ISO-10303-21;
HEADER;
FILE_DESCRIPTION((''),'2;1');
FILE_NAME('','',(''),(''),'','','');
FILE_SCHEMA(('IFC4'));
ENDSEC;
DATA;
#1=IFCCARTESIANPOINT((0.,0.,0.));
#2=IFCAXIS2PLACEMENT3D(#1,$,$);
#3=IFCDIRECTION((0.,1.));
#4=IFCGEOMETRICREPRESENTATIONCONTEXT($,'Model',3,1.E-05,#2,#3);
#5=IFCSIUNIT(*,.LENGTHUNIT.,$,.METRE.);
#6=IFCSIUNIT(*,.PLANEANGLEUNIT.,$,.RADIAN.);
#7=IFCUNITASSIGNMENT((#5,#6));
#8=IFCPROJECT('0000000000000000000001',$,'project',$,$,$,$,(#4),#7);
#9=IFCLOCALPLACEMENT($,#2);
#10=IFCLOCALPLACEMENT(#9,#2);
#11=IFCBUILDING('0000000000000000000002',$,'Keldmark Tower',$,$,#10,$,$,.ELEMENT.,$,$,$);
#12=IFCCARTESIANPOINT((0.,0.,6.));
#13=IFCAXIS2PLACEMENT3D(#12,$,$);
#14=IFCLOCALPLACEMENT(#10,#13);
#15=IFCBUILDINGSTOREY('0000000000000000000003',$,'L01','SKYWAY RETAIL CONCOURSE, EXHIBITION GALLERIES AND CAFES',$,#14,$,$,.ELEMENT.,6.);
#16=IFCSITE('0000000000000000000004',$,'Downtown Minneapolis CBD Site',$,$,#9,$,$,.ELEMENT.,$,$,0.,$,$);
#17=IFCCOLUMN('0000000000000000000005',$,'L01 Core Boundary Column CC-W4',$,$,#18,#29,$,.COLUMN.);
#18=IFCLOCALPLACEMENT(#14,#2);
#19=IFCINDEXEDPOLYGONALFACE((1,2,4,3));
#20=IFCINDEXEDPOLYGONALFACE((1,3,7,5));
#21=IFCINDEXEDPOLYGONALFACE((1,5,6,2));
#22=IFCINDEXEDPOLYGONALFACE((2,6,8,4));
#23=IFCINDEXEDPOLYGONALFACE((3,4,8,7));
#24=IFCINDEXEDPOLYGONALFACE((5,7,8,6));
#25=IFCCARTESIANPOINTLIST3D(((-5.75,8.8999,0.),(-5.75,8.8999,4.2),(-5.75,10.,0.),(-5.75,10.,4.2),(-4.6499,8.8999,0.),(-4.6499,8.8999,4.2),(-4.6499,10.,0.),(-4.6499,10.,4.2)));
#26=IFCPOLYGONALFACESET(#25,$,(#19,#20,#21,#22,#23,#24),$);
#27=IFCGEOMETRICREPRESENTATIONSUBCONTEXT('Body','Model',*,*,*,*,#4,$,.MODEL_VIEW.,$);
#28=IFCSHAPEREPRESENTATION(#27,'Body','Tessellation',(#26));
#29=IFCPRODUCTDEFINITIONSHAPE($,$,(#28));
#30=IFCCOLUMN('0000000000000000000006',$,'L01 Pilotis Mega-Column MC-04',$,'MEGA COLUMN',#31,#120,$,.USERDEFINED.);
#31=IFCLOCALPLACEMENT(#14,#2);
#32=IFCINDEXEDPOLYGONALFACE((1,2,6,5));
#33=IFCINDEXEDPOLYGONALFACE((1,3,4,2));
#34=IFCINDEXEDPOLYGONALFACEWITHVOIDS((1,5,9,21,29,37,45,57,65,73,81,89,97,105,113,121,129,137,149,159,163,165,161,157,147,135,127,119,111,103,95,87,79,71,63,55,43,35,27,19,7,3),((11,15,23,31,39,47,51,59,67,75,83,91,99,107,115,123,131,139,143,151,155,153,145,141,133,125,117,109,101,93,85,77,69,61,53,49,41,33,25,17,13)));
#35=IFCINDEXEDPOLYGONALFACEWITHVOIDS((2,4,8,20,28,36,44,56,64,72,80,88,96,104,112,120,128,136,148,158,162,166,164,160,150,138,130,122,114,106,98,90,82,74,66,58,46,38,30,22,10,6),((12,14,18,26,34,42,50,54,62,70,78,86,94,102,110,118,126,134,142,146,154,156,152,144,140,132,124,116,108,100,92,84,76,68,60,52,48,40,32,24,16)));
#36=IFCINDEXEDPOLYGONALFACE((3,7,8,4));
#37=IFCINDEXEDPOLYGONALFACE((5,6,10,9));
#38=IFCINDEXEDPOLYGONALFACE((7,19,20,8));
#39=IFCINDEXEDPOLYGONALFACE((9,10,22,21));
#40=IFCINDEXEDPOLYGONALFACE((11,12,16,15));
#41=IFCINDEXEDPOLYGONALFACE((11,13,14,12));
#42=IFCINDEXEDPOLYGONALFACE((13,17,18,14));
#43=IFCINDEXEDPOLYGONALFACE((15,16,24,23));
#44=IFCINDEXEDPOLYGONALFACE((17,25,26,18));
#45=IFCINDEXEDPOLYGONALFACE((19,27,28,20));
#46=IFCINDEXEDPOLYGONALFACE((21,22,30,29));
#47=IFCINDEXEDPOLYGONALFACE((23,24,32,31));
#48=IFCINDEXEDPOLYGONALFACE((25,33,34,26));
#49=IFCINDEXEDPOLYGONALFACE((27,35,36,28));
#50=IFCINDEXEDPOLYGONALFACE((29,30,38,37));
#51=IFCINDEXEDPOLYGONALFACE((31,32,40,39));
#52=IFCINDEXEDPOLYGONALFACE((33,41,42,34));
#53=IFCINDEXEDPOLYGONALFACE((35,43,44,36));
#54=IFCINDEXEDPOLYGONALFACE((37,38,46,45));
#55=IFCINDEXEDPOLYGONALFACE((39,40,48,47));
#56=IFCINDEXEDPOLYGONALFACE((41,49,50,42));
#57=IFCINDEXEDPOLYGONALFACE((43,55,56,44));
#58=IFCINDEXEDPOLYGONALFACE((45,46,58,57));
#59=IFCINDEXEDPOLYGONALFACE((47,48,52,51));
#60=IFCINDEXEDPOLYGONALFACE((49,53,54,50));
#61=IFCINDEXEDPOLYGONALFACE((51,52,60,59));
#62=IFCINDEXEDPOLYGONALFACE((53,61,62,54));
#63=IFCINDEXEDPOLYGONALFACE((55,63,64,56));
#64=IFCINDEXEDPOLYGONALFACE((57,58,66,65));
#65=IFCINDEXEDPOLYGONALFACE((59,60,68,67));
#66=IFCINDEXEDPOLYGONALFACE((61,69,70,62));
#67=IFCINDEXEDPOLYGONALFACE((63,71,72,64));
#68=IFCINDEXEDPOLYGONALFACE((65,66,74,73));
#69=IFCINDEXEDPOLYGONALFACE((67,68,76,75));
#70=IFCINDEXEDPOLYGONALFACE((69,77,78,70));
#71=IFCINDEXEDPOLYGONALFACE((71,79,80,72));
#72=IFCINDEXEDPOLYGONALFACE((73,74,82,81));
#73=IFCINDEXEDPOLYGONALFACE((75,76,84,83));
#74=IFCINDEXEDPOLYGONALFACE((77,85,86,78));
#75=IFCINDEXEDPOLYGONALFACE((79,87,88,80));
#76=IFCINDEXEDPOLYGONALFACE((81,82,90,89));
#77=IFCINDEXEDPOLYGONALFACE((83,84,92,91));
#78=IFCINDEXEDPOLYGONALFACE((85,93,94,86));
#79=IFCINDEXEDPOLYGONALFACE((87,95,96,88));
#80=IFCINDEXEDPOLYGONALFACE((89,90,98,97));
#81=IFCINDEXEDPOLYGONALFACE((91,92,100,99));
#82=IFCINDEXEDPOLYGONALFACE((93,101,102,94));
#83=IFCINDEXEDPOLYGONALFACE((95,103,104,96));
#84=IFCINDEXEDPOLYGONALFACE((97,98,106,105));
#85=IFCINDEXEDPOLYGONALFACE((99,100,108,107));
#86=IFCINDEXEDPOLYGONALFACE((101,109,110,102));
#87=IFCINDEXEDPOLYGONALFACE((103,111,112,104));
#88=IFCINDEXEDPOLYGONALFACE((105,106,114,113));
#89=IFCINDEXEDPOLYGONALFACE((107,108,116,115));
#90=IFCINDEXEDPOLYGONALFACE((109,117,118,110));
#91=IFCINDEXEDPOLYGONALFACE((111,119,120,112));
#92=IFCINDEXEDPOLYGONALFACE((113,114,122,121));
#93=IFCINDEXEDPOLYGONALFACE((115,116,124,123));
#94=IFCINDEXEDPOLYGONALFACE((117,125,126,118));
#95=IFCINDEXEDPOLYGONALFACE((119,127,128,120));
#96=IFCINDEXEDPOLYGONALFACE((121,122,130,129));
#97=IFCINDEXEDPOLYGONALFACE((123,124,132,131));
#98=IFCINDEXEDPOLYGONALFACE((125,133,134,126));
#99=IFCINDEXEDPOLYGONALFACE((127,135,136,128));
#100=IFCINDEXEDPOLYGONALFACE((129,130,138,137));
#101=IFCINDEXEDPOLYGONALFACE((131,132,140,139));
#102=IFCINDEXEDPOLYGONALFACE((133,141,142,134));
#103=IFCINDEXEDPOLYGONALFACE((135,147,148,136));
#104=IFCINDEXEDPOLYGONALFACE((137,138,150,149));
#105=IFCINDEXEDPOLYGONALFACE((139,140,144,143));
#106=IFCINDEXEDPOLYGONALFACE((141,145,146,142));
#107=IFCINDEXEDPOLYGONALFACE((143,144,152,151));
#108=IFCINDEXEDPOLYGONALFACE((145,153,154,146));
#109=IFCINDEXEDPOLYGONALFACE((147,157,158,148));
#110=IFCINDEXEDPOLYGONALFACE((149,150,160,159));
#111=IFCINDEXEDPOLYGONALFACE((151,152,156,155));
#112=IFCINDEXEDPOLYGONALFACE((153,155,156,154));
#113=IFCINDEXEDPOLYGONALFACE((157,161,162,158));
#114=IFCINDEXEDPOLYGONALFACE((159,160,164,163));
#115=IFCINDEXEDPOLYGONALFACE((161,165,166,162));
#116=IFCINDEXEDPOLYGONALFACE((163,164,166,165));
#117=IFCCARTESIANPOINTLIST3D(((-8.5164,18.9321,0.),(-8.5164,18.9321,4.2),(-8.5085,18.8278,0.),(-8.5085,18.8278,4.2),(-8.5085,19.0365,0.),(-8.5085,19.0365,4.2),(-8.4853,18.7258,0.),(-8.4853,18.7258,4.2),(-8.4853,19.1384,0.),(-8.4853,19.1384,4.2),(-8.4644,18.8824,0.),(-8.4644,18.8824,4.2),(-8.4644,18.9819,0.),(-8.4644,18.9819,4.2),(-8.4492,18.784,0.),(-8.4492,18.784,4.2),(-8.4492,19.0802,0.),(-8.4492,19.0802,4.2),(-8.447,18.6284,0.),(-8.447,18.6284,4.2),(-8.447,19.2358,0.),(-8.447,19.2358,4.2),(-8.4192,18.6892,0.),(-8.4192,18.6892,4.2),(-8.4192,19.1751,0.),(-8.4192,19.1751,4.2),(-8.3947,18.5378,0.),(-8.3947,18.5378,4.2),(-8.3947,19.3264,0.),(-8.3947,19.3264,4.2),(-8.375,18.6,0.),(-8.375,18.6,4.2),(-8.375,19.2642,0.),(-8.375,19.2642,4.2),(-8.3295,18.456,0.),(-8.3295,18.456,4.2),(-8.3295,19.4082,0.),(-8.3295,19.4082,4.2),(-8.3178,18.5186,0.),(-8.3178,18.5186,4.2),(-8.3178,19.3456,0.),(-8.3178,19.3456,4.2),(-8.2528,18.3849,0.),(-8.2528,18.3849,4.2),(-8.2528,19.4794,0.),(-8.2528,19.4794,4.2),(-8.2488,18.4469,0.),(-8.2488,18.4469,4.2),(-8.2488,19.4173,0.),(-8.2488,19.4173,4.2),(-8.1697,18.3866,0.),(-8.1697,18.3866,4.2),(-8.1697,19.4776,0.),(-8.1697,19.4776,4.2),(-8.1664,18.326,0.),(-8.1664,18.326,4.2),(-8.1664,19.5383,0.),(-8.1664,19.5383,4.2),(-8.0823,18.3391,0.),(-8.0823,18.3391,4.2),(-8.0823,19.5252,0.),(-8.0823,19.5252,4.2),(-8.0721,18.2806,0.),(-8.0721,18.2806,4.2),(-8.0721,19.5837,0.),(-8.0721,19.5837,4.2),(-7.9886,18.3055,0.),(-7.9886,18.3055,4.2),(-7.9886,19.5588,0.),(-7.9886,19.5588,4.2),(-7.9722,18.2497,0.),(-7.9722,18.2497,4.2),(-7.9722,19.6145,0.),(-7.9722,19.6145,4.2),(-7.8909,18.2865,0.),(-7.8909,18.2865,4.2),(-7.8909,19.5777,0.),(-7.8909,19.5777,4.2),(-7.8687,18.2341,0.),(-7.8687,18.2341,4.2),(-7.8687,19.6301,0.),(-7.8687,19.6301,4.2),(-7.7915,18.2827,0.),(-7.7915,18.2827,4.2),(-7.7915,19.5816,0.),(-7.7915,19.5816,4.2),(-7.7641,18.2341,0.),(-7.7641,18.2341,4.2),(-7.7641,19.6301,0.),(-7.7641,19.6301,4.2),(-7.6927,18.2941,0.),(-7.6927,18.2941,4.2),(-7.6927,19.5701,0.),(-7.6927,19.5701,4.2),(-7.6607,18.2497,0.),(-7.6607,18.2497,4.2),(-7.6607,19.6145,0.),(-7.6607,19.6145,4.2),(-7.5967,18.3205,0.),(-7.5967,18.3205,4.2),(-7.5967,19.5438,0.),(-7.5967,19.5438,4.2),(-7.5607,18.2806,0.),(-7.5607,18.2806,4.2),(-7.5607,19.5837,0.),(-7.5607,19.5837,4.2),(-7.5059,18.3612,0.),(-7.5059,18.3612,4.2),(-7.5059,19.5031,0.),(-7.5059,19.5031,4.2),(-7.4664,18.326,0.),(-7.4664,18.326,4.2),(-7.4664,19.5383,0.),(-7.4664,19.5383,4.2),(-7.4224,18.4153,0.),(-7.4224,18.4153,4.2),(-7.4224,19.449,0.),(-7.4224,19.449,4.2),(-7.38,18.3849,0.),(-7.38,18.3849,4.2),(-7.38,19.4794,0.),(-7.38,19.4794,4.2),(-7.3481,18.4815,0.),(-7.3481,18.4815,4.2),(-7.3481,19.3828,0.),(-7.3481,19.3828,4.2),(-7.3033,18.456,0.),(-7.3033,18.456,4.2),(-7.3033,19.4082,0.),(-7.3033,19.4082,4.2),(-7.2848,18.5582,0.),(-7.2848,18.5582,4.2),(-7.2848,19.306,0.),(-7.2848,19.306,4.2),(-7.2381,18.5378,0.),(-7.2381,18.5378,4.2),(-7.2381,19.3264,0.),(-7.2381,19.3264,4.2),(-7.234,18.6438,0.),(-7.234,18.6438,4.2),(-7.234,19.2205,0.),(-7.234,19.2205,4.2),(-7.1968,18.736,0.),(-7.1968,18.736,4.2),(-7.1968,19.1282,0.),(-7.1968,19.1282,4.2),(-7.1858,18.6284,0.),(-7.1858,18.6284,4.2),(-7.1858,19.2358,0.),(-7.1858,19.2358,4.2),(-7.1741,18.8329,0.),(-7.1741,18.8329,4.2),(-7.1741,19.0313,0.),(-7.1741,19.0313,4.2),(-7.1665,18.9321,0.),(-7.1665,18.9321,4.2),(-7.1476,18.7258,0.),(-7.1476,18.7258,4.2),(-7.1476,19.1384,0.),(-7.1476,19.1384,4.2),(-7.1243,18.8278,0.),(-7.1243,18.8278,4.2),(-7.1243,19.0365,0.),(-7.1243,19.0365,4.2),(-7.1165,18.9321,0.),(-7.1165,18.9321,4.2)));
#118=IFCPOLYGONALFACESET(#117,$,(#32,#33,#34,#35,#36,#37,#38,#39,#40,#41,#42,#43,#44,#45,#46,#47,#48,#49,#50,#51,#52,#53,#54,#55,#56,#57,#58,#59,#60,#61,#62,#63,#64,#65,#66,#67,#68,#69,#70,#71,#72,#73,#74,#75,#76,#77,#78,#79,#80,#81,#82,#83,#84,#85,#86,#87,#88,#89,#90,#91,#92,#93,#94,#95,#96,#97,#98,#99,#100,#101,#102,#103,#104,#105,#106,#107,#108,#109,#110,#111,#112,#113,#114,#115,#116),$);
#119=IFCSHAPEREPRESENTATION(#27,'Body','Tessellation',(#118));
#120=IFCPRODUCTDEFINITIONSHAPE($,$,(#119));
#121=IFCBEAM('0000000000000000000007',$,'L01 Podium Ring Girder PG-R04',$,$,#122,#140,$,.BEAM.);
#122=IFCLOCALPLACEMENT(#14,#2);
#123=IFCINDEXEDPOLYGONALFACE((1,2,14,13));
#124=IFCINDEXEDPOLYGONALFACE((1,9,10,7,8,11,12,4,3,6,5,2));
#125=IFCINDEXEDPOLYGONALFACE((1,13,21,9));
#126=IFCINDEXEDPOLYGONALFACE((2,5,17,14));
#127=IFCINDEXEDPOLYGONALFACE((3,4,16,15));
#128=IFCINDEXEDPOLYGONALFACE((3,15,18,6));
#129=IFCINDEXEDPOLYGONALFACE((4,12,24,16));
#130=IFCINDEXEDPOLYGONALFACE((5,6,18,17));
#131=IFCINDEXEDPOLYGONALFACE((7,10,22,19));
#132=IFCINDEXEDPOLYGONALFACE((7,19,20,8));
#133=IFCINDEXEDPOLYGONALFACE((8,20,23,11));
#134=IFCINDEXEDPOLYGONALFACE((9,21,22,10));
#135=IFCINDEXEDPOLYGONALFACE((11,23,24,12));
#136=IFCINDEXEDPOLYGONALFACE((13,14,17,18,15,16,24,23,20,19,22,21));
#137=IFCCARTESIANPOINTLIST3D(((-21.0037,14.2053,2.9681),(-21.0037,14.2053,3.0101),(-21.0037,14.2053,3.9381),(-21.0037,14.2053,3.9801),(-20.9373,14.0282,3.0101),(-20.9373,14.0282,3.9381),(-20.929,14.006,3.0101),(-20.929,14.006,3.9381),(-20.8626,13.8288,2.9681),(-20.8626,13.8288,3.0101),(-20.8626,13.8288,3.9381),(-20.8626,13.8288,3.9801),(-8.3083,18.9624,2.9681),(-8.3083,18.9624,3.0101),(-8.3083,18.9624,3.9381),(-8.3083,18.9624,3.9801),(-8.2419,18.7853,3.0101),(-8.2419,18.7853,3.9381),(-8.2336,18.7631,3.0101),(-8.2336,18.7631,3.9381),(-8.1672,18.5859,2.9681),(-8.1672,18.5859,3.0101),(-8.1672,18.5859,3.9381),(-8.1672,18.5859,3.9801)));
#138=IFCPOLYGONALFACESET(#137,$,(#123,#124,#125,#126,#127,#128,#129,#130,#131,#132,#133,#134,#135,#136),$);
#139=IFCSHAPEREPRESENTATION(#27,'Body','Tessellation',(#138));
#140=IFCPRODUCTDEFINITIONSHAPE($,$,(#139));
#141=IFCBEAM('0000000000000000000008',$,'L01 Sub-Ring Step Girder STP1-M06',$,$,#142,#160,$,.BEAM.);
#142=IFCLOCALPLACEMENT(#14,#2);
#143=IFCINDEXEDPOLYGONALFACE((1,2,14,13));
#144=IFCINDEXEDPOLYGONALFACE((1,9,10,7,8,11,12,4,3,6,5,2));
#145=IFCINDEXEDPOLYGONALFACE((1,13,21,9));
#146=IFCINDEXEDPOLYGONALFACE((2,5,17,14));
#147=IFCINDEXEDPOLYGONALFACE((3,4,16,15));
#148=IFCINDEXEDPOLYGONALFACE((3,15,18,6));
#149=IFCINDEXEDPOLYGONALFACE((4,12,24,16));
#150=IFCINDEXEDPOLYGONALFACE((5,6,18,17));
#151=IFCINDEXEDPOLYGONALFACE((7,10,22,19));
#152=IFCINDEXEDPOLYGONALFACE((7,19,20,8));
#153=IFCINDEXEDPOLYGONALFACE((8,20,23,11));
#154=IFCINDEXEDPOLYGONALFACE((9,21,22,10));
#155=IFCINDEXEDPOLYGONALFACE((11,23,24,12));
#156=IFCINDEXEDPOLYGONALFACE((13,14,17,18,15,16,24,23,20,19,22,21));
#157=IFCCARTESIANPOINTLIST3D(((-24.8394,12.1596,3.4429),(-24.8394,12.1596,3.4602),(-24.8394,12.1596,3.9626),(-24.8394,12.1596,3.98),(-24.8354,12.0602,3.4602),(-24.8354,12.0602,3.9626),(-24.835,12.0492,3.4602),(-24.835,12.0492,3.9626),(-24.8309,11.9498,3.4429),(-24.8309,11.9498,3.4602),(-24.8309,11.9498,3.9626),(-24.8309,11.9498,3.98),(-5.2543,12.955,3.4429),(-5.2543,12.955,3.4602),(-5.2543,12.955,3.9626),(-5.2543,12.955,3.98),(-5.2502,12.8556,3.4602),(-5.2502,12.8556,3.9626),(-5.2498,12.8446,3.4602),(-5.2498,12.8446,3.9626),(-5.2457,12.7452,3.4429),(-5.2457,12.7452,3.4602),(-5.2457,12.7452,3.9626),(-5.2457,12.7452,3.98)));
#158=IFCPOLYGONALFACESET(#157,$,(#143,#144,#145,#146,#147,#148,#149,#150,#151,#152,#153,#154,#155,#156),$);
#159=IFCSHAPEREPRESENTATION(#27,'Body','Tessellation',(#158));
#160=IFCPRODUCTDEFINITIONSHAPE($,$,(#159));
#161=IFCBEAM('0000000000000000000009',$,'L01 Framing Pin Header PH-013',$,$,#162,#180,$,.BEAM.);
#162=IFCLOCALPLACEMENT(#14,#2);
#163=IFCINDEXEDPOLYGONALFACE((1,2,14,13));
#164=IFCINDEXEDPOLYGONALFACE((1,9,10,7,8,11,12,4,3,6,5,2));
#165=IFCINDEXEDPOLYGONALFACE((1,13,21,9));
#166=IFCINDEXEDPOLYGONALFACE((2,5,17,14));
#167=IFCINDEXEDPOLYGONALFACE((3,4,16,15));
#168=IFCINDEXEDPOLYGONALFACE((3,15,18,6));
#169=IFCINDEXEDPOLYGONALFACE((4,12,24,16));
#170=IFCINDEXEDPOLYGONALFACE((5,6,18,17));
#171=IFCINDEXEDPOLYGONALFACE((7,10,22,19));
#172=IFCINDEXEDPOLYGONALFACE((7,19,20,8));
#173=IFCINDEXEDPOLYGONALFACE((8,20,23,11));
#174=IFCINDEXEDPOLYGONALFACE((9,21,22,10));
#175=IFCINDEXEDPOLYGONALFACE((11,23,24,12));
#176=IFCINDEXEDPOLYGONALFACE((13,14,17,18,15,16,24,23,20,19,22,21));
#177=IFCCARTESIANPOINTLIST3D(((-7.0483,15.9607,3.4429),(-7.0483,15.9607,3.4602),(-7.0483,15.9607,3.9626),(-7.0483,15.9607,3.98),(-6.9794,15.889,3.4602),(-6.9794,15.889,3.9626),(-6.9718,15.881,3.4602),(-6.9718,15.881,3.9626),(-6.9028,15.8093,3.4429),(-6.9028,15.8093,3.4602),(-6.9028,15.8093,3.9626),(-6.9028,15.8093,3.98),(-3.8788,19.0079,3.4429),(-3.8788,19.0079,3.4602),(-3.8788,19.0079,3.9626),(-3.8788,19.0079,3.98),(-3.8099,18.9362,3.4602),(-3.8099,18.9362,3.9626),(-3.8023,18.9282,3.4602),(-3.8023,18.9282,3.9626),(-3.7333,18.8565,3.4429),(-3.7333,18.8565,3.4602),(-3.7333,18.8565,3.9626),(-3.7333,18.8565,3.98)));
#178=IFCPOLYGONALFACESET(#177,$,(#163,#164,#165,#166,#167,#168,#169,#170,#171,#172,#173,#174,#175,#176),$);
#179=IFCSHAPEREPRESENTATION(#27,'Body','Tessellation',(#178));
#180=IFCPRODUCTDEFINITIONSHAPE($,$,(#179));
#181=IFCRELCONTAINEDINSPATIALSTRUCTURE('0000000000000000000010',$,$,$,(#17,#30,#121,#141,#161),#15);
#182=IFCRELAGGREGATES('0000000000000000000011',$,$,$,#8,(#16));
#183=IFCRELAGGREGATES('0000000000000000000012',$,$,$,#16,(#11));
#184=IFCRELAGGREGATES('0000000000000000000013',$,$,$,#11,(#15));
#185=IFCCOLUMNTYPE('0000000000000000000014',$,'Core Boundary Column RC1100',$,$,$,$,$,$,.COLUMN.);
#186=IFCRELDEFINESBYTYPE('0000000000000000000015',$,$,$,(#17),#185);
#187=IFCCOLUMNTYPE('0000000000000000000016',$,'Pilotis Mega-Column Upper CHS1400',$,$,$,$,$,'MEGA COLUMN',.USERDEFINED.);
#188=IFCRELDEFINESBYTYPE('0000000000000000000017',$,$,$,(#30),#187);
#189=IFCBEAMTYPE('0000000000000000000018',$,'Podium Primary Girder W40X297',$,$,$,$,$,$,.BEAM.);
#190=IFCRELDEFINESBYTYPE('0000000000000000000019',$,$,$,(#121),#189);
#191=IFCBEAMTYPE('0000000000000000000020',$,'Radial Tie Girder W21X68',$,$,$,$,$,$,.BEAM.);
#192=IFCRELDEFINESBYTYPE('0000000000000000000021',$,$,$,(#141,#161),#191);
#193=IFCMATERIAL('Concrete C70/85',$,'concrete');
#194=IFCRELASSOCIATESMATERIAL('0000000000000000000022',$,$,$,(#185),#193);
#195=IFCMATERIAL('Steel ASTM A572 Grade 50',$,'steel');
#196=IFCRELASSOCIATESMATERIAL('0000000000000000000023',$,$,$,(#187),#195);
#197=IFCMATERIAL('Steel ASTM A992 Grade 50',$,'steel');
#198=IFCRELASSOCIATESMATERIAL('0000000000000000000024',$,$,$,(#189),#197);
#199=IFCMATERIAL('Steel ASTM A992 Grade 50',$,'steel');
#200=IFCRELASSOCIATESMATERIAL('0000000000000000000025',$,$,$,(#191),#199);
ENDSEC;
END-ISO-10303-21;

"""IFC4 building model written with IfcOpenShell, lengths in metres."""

from ifc_helpers import new_model, si_unit, direction, frame, origin, origin_2d, place, context, subcontext, project, spatial, rectangle, hollow_circle, i_section, extrude, material, material_profile, profile_set, type_object, element, save


model = new_model("IFC4")

# Units and contexts
model_context = context("Model", 3, precision=1e-05, world=origin(), true_north=direction((0.0, 1.0)))
body_context = subcontext(model_context, "Body", "Model", "MODEL_VIEW")
ifc_project = project(units=[si_unit("LENGTHUNIT", "METRE"), si_unit("PLANEANGLEUNIT", "RADIAN")], contexts=[model_context])

# Site, building, storey
site_placement = place(None, origin())
site = spatial("IfcSite", under=ifc_project, at=site_placement, Name="Downtown Minneapolis CBD Site", CompositionType="ELEMENT", RefElevation=0.0)
building_placement = place(site_placement, origin())
building = spatial("IfcBuilding", under=site, at=building_placement, Name="Keldmark Tower", CompositionType="ELEMENT")
storey_placement = place(building_placement, frame((0.0, 0.0, 6.0)))
storey = spatial("IfcBuildingStorey", under=building, at=storey_placement, Name="L01", Description="SKYWAY RETAIL CONCOURSE, EXHIBITION GALLERIES AND CAFES", CompositionType="ELEMENT", Elevation=6.0)

# Columns
ifc_material_1 = material(Name="Concrete C70/85", Category="concrete")
ifc_material_profile_1 = material_profile(ifc_material_1, rectangle(XDim=1.1001, YDim=1.1001, at=origin_2d()), Name="RC1100X1100")
ifc_profile_set_1 = profile_set([ifc_material_profile_1], Name="Concrete C70/85")
column_type_1 = type_object("IfcColumnType", Name="Core Boundary Column RC1100", PredefinedType="COLUMN", material=ifc_profile_set_1)
column_1_placement = place(storey_placement, frame((-5.2, 9.45, 0.0), z_axis=(0.0, 0.0, 1.0), x_axis=(1.0, 0.0, 0.0)))
element("IfcColumn", 1, at=column_1_placement, inside=storey, type_object=column_type_1, Name="L01 Core Boundary Column CC-W4", PredefinedType="COLUMN", context=body_context, shape_type="SweptSolid", body=[
    extrude(rectangle(XDim=1.1001, YDim=1.1001, at=origin_2d()), origin(), (0.0, 0.0, 1.0), 4.2),
])
ifc_material_2 = material(Name="Steel ASTM A572 Grade 50", Category="steel")
ifc_material_profile_2 = material_profile(ifc_material_2, hollow_circle(Radius=0.7, WallThickness=0.05, at=origin_2d()), Name="CHS1400X50")
ifc_profile_set_2 = profile_set([ifc_material_profile_2], Name="Steel ASTM A572 Grade 50")
column_type_2 = type_object("IfcColumnType", Name="Pilotis Mega-Column Upper CHS1400", ElementType="MEGA COLUMN", PredefinedType="USERDEFINED", material=ifc_profile_set_2)
column_2_placement = place(storey_placement, frame((-7.8164, 18.9321, 0.0), z_axis=(0.0, 0.0, 1.0), x_axis=(1.0, 0.0, 0.0)))
element("IfcColumn", 2, at=column_2_placement, inside=storey, type_object=column_type_2, Name="L01 Pilotis Mega-Column MC-04", ObjectType="MEGA COLUMN", PredefinedType="USERDEFINED", context=body_context, shape_type="SweptSolid", body=[
    extrude(hollow_circle(Radius=0.7, WallThickness=0.05, at=origin_2d()), origin(), (0.0, 0.0, 1.0), 4.2),
])

# Beams
ifc_material_3 = material(Name="Steel ASTM A992 Grade 50", Category="steel")
ifc_material_profile_3 = material_profile(ifc_material_3, i_section(OverallWidth=0.4021, OverallDepth=1.012, WebThickness=0.0237, FlangeThickness=0.042, at=origin_2d()), Name="W40X297")
ifc_profile_set_3 = profile_set([ifc_material_profile_3], Name="Steel ASTM A992 Grade 50")
beam_type_1 = type_object("IfcBeamType", Name="Podium Primary Girder W40X297", PredefinedType="BEAM", material=ifc_profile_set_3)
beam_1_placement = place(storey_placement, frame((-8.2378, 18.7742, 3.4741), z_axis=(-0.936418, -0.350887, 0.0), x_axis=(0.350887, -0.936418, 0.0)))
element("IfcBeam", 3, at=beam_1_placement, inside=storey, type_object=beam_type_1, Name="L01 Podium Ring Girder PG-R04", PredefinedType="BEAM", context=body_context, shape_type="SweptSolid", body=[
    extrude(i_section(OverallWidth=0.4021, OverallDepth=1.012, WebThickness=0.0237, FlangeThickness=0.042, at=origin_2d()), origin(), (0.0, 0.0, 1.0), 13.5574),
])
ifc_material_4 = material(Name="Steel ASTM A992 Grade 50", Category="steel")
ifc_material_profile_4 = material_profile(ifc_material_4, i_section(OverallWidth=0.21, OverallDepth=0.5371, WebThickness=0.011, FlangeThickness=0.0173, at=origin_2d()), Name="W21X68")
ifc_profile_set_4 = profile_set([ifc_material_profile_4], Name="Steel ASTM A992 Grade 50")
beam_type_2 = type_object("IfcBeamType", Name="Radial Tie Girder W21X68", PredefinedType="BEAM", material=ifc_profile_set_4)
beam_2_placement = place(storey_placement, frame((-5.25, 12.8501, 3.7114), z_axis=(-0.999176, -0.040579, 0.0), x_axis=(0.040579, -0.999176, 0.0)))
element("IfcBeam", 4, at=beam_2_placement, inside=storey, type_object=beam_type_2, Name="L01 Sub-Ring Step Girder STP1-M06", PredefinedType="BEAM", context=body_context, shape_type="SweptSolid", body=[
    extrude(i_section(OverallWidth=0.21, OverallDepth=0.5371, WebThickness=0.011, FlangeThickness=0.0173, at=origin_2d()), origin(), (0.0, 0.0, 1.0), 19.6013),
])
beam_3_placement = place(storey_placement, frame((-6.9756, 15.885, 3.7114), z_axis=(0.72088, 0.69306, 0.0), x_axis=(-0.69306, 0.72088, 0.0)))
element("IfcBeam", 5, at=beam_3_placement, inside=storey, type_object=beam_type_2, Name="L01 Framing Pin Header PH-013", PredefinedType="BEAM", context=body_context, shape_type="SweptSolid", body=[
    extrude(i_section(OverallWidth=0.21, OverallDepth=0.5371, WebThickness=0.011, FlangeThickness=0.0173, at=origin_2d()), origin(), (0.0, 0.0, 1.0), 4.3967),
])

save(model, "model.ifc")
